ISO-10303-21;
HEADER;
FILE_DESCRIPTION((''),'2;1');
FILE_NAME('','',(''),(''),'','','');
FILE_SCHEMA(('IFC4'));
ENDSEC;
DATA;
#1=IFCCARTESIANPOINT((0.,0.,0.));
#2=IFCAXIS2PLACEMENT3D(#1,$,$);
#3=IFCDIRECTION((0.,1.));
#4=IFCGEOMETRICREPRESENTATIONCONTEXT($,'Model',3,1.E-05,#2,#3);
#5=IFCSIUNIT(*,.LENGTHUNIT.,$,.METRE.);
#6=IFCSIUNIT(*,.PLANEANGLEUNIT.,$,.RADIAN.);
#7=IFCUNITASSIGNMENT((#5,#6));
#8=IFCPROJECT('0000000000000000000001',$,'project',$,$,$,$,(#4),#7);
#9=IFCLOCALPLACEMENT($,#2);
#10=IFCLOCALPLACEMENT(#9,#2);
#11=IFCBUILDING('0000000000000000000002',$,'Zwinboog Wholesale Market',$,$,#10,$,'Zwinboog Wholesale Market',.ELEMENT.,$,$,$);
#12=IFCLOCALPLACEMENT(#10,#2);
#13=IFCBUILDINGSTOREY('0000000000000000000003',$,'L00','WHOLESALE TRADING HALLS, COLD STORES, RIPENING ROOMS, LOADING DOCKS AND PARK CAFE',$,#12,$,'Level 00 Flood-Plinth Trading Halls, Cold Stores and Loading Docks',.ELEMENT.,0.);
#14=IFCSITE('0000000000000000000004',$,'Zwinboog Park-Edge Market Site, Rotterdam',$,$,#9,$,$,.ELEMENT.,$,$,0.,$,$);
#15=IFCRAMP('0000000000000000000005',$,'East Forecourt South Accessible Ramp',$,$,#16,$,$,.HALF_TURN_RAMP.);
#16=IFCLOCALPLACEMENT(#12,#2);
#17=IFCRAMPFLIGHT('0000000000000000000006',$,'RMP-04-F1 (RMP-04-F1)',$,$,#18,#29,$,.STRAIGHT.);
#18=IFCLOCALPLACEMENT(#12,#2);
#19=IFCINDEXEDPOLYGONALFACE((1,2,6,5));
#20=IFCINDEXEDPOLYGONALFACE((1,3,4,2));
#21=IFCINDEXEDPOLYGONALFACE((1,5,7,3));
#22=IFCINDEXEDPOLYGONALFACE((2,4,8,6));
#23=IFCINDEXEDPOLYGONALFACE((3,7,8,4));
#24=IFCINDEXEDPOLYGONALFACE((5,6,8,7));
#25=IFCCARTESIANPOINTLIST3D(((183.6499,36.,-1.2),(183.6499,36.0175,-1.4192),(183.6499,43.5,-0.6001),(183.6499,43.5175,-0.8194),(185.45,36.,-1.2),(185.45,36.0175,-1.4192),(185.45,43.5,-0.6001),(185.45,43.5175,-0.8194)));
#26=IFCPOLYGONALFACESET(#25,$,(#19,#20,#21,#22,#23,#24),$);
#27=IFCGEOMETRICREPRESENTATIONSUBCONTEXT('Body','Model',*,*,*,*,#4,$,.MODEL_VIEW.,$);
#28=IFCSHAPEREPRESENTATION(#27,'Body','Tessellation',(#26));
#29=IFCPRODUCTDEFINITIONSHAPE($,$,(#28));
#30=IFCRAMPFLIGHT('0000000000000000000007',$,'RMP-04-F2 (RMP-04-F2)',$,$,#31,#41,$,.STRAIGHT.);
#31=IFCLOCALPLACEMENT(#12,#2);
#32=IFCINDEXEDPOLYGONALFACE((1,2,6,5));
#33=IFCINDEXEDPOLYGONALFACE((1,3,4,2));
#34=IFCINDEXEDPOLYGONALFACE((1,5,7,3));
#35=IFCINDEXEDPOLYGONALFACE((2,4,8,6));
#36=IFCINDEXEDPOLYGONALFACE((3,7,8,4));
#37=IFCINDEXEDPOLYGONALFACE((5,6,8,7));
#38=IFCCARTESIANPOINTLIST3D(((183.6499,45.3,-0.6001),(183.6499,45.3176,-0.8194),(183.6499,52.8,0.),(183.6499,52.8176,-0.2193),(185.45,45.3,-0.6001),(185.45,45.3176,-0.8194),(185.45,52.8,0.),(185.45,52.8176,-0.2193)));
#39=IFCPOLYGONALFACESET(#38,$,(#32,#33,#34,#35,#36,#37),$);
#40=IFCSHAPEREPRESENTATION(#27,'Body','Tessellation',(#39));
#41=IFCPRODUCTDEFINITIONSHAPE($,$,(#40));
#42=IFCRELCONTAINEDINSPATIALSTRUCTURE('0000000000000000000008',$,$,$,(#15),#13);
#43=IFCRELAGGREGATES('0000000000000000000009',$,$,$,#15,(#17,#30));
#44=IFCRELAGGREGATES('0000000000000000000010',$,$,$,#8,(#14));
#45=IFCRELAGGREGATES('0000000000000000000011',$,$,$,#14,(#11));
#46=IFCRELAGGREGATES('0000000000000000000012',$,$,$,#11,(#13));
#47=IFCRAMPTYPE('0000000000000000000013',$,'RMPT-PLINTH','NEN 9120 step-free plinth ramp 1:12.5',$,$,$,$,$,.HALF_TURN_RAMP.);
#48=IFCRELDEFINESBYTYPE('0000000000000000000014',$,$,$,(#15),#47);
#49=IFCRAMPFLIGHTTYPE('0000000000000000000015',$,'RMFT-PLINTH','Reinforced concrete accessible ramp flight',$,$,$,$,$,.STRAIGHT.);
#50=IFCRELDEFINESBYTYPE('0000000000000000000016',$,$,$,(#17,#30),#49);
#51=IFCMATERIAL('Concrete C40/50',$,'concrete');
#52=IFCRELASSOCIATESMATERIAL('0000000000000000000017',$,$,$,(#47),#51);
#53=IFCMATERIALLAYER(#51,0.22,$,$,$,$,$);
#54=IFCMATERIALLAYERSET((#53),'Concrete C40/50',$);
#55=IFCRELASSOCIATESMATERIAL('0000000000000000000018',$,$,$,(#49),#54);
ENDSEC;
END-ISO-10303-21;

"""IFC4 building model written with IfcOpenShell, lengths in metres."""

from ifc_helpers import new_model, si_unit, direction, frame, origin, place, context, subcontext, project, spatial, polyline, outline, extrude, material, layer, layer_set, type_object, element, aggregate, save


model = new_model("IFC4")

# Units and contexts
model_context = context("Model", 3, precision=1e-05, world=origin(), true_north=direction((0.0, 1.0)))
body_context = subcontext(model_context, "Body", "Model", "MODEL_VIEW")
ifc_project = project(units=[si_unit("LENGTHUNIT", "METRE"), si_unit("PLANEANGLEUNIT", "RADIAN")], contexts=[model_context])

# Site, building, storey
site_placement = place(None, origin())
site = spatial("IfcSite", under=ifc_project, at=site_placement, Name="Zwinboog Park-Edge Market Site, Rotterdam", CompositionType="ELEMENT", RefElevation=0.0)
building_placement = place(site_placement, origin())
building = spatial("IfcBuilding", under=site, at=building_placement, Name="Zwinboog Wholesale Market", LongName="Zwinboog Wholesale Market", CompositionType="ELEMENT")
storey_placement = place(building_placement, origin())
storey = spatial("IfcBuildingStorey", under=building, at=storey_placement, Name="L00", Description="WHOLESALE TRADING HALLS, COLD STORES, RIPENING ROOMS, LOADING DOCKS AND PARK CAFE", LongName="Level 00 Flood-Plinth Trading Halls, Cold Stores and Loading Docks", CompositionType="ELEMENT", Elevation=0.0)

# Shared definitions
ifc_material_1 = material(Name="Concrete C40/50", Category="concrete")

# Ramp, ramp flights
ramp_type = type_object("IfcRampType", Name="RMPT-PLINTH", Description="NEN 9120 step-free plinth ramp 1:12.5", PredefinedType="HALF_TURN_RAMP", material=ifc_material_1)
ramp_placement = place(storey_placement, origin())
ramp = element("IfcRamp", 1, at=ramp_placement, inside=storey, type_object=ramp_type, Name="East Forecourt South Accessible Ramp", PredefinedType="HALF_TURN_RAMP")
ifc_layer_1 = layer(ifc_material_1, 0.22)
ifc_layer_set_1 = layer_set([ifc_layer_1], Name="Concrete C40/50")
ramp_flight_type = type_object("IfcRampFlightType", Name="RMFT-PLINTH", Description="Reinforced concrete accessible ramp flight", PredefinedType="STRAIGHT", material=ifc_layer_set_1)
ramp_flight_1_placement = place(storey_placement, frame((183.6499, 36.0, -1.2), z_axis=(0.0, -0.079726, 0.996817), x_axis=(1.0, 0.0, 0.0)))
ramp_flight_1 = element("IfcRampFlight", 2, at=ramp_flight_1_placement, type_object=ramp_flight_type, Name="RMP-04-F1 (RMP-04-F1)", PredefinedType="STRAIGHT", context=body_context, shape_type="SweptSolid", body=[
    extrude(outline(polyline([(0.0, 0.0), (1.8, 0.0), (1.8, 7.524), (0.0, 7.524), (0.0, 0.0)])), origin(), (0.0, 0.0, -1.0), 0.22),
])
ramp_flight_2_placement = place(storey_placement, frame((183.6499, 45.3, -0.6001), z_axis=(0.0, -0.079758, 0.996814), x_axis=(1.0, 0.0, 0.0)))
ramp_flight_2 = element("IfcRampFlight", 3, at=ramp_flight_2_placement, type_object=ramp_flight_type, Name="RMP-04-F2 (RMP-04-F2)", PredefinedType="STRAIGHT", context=body_context, shape_type="SweptSolid", body=[
    extrude(outline(polyline([(0.0, 0.0), (1.8, 0.0), (1.8, 7.524), (0.0, 7.524), (0.0, 0.0)])), origin(), (0.0, 0.0, -1.0), 0.22),
])
aggregate(ramp, [ramp_flight_1, ramp_flight_2])

save(model, "model.ifc")
